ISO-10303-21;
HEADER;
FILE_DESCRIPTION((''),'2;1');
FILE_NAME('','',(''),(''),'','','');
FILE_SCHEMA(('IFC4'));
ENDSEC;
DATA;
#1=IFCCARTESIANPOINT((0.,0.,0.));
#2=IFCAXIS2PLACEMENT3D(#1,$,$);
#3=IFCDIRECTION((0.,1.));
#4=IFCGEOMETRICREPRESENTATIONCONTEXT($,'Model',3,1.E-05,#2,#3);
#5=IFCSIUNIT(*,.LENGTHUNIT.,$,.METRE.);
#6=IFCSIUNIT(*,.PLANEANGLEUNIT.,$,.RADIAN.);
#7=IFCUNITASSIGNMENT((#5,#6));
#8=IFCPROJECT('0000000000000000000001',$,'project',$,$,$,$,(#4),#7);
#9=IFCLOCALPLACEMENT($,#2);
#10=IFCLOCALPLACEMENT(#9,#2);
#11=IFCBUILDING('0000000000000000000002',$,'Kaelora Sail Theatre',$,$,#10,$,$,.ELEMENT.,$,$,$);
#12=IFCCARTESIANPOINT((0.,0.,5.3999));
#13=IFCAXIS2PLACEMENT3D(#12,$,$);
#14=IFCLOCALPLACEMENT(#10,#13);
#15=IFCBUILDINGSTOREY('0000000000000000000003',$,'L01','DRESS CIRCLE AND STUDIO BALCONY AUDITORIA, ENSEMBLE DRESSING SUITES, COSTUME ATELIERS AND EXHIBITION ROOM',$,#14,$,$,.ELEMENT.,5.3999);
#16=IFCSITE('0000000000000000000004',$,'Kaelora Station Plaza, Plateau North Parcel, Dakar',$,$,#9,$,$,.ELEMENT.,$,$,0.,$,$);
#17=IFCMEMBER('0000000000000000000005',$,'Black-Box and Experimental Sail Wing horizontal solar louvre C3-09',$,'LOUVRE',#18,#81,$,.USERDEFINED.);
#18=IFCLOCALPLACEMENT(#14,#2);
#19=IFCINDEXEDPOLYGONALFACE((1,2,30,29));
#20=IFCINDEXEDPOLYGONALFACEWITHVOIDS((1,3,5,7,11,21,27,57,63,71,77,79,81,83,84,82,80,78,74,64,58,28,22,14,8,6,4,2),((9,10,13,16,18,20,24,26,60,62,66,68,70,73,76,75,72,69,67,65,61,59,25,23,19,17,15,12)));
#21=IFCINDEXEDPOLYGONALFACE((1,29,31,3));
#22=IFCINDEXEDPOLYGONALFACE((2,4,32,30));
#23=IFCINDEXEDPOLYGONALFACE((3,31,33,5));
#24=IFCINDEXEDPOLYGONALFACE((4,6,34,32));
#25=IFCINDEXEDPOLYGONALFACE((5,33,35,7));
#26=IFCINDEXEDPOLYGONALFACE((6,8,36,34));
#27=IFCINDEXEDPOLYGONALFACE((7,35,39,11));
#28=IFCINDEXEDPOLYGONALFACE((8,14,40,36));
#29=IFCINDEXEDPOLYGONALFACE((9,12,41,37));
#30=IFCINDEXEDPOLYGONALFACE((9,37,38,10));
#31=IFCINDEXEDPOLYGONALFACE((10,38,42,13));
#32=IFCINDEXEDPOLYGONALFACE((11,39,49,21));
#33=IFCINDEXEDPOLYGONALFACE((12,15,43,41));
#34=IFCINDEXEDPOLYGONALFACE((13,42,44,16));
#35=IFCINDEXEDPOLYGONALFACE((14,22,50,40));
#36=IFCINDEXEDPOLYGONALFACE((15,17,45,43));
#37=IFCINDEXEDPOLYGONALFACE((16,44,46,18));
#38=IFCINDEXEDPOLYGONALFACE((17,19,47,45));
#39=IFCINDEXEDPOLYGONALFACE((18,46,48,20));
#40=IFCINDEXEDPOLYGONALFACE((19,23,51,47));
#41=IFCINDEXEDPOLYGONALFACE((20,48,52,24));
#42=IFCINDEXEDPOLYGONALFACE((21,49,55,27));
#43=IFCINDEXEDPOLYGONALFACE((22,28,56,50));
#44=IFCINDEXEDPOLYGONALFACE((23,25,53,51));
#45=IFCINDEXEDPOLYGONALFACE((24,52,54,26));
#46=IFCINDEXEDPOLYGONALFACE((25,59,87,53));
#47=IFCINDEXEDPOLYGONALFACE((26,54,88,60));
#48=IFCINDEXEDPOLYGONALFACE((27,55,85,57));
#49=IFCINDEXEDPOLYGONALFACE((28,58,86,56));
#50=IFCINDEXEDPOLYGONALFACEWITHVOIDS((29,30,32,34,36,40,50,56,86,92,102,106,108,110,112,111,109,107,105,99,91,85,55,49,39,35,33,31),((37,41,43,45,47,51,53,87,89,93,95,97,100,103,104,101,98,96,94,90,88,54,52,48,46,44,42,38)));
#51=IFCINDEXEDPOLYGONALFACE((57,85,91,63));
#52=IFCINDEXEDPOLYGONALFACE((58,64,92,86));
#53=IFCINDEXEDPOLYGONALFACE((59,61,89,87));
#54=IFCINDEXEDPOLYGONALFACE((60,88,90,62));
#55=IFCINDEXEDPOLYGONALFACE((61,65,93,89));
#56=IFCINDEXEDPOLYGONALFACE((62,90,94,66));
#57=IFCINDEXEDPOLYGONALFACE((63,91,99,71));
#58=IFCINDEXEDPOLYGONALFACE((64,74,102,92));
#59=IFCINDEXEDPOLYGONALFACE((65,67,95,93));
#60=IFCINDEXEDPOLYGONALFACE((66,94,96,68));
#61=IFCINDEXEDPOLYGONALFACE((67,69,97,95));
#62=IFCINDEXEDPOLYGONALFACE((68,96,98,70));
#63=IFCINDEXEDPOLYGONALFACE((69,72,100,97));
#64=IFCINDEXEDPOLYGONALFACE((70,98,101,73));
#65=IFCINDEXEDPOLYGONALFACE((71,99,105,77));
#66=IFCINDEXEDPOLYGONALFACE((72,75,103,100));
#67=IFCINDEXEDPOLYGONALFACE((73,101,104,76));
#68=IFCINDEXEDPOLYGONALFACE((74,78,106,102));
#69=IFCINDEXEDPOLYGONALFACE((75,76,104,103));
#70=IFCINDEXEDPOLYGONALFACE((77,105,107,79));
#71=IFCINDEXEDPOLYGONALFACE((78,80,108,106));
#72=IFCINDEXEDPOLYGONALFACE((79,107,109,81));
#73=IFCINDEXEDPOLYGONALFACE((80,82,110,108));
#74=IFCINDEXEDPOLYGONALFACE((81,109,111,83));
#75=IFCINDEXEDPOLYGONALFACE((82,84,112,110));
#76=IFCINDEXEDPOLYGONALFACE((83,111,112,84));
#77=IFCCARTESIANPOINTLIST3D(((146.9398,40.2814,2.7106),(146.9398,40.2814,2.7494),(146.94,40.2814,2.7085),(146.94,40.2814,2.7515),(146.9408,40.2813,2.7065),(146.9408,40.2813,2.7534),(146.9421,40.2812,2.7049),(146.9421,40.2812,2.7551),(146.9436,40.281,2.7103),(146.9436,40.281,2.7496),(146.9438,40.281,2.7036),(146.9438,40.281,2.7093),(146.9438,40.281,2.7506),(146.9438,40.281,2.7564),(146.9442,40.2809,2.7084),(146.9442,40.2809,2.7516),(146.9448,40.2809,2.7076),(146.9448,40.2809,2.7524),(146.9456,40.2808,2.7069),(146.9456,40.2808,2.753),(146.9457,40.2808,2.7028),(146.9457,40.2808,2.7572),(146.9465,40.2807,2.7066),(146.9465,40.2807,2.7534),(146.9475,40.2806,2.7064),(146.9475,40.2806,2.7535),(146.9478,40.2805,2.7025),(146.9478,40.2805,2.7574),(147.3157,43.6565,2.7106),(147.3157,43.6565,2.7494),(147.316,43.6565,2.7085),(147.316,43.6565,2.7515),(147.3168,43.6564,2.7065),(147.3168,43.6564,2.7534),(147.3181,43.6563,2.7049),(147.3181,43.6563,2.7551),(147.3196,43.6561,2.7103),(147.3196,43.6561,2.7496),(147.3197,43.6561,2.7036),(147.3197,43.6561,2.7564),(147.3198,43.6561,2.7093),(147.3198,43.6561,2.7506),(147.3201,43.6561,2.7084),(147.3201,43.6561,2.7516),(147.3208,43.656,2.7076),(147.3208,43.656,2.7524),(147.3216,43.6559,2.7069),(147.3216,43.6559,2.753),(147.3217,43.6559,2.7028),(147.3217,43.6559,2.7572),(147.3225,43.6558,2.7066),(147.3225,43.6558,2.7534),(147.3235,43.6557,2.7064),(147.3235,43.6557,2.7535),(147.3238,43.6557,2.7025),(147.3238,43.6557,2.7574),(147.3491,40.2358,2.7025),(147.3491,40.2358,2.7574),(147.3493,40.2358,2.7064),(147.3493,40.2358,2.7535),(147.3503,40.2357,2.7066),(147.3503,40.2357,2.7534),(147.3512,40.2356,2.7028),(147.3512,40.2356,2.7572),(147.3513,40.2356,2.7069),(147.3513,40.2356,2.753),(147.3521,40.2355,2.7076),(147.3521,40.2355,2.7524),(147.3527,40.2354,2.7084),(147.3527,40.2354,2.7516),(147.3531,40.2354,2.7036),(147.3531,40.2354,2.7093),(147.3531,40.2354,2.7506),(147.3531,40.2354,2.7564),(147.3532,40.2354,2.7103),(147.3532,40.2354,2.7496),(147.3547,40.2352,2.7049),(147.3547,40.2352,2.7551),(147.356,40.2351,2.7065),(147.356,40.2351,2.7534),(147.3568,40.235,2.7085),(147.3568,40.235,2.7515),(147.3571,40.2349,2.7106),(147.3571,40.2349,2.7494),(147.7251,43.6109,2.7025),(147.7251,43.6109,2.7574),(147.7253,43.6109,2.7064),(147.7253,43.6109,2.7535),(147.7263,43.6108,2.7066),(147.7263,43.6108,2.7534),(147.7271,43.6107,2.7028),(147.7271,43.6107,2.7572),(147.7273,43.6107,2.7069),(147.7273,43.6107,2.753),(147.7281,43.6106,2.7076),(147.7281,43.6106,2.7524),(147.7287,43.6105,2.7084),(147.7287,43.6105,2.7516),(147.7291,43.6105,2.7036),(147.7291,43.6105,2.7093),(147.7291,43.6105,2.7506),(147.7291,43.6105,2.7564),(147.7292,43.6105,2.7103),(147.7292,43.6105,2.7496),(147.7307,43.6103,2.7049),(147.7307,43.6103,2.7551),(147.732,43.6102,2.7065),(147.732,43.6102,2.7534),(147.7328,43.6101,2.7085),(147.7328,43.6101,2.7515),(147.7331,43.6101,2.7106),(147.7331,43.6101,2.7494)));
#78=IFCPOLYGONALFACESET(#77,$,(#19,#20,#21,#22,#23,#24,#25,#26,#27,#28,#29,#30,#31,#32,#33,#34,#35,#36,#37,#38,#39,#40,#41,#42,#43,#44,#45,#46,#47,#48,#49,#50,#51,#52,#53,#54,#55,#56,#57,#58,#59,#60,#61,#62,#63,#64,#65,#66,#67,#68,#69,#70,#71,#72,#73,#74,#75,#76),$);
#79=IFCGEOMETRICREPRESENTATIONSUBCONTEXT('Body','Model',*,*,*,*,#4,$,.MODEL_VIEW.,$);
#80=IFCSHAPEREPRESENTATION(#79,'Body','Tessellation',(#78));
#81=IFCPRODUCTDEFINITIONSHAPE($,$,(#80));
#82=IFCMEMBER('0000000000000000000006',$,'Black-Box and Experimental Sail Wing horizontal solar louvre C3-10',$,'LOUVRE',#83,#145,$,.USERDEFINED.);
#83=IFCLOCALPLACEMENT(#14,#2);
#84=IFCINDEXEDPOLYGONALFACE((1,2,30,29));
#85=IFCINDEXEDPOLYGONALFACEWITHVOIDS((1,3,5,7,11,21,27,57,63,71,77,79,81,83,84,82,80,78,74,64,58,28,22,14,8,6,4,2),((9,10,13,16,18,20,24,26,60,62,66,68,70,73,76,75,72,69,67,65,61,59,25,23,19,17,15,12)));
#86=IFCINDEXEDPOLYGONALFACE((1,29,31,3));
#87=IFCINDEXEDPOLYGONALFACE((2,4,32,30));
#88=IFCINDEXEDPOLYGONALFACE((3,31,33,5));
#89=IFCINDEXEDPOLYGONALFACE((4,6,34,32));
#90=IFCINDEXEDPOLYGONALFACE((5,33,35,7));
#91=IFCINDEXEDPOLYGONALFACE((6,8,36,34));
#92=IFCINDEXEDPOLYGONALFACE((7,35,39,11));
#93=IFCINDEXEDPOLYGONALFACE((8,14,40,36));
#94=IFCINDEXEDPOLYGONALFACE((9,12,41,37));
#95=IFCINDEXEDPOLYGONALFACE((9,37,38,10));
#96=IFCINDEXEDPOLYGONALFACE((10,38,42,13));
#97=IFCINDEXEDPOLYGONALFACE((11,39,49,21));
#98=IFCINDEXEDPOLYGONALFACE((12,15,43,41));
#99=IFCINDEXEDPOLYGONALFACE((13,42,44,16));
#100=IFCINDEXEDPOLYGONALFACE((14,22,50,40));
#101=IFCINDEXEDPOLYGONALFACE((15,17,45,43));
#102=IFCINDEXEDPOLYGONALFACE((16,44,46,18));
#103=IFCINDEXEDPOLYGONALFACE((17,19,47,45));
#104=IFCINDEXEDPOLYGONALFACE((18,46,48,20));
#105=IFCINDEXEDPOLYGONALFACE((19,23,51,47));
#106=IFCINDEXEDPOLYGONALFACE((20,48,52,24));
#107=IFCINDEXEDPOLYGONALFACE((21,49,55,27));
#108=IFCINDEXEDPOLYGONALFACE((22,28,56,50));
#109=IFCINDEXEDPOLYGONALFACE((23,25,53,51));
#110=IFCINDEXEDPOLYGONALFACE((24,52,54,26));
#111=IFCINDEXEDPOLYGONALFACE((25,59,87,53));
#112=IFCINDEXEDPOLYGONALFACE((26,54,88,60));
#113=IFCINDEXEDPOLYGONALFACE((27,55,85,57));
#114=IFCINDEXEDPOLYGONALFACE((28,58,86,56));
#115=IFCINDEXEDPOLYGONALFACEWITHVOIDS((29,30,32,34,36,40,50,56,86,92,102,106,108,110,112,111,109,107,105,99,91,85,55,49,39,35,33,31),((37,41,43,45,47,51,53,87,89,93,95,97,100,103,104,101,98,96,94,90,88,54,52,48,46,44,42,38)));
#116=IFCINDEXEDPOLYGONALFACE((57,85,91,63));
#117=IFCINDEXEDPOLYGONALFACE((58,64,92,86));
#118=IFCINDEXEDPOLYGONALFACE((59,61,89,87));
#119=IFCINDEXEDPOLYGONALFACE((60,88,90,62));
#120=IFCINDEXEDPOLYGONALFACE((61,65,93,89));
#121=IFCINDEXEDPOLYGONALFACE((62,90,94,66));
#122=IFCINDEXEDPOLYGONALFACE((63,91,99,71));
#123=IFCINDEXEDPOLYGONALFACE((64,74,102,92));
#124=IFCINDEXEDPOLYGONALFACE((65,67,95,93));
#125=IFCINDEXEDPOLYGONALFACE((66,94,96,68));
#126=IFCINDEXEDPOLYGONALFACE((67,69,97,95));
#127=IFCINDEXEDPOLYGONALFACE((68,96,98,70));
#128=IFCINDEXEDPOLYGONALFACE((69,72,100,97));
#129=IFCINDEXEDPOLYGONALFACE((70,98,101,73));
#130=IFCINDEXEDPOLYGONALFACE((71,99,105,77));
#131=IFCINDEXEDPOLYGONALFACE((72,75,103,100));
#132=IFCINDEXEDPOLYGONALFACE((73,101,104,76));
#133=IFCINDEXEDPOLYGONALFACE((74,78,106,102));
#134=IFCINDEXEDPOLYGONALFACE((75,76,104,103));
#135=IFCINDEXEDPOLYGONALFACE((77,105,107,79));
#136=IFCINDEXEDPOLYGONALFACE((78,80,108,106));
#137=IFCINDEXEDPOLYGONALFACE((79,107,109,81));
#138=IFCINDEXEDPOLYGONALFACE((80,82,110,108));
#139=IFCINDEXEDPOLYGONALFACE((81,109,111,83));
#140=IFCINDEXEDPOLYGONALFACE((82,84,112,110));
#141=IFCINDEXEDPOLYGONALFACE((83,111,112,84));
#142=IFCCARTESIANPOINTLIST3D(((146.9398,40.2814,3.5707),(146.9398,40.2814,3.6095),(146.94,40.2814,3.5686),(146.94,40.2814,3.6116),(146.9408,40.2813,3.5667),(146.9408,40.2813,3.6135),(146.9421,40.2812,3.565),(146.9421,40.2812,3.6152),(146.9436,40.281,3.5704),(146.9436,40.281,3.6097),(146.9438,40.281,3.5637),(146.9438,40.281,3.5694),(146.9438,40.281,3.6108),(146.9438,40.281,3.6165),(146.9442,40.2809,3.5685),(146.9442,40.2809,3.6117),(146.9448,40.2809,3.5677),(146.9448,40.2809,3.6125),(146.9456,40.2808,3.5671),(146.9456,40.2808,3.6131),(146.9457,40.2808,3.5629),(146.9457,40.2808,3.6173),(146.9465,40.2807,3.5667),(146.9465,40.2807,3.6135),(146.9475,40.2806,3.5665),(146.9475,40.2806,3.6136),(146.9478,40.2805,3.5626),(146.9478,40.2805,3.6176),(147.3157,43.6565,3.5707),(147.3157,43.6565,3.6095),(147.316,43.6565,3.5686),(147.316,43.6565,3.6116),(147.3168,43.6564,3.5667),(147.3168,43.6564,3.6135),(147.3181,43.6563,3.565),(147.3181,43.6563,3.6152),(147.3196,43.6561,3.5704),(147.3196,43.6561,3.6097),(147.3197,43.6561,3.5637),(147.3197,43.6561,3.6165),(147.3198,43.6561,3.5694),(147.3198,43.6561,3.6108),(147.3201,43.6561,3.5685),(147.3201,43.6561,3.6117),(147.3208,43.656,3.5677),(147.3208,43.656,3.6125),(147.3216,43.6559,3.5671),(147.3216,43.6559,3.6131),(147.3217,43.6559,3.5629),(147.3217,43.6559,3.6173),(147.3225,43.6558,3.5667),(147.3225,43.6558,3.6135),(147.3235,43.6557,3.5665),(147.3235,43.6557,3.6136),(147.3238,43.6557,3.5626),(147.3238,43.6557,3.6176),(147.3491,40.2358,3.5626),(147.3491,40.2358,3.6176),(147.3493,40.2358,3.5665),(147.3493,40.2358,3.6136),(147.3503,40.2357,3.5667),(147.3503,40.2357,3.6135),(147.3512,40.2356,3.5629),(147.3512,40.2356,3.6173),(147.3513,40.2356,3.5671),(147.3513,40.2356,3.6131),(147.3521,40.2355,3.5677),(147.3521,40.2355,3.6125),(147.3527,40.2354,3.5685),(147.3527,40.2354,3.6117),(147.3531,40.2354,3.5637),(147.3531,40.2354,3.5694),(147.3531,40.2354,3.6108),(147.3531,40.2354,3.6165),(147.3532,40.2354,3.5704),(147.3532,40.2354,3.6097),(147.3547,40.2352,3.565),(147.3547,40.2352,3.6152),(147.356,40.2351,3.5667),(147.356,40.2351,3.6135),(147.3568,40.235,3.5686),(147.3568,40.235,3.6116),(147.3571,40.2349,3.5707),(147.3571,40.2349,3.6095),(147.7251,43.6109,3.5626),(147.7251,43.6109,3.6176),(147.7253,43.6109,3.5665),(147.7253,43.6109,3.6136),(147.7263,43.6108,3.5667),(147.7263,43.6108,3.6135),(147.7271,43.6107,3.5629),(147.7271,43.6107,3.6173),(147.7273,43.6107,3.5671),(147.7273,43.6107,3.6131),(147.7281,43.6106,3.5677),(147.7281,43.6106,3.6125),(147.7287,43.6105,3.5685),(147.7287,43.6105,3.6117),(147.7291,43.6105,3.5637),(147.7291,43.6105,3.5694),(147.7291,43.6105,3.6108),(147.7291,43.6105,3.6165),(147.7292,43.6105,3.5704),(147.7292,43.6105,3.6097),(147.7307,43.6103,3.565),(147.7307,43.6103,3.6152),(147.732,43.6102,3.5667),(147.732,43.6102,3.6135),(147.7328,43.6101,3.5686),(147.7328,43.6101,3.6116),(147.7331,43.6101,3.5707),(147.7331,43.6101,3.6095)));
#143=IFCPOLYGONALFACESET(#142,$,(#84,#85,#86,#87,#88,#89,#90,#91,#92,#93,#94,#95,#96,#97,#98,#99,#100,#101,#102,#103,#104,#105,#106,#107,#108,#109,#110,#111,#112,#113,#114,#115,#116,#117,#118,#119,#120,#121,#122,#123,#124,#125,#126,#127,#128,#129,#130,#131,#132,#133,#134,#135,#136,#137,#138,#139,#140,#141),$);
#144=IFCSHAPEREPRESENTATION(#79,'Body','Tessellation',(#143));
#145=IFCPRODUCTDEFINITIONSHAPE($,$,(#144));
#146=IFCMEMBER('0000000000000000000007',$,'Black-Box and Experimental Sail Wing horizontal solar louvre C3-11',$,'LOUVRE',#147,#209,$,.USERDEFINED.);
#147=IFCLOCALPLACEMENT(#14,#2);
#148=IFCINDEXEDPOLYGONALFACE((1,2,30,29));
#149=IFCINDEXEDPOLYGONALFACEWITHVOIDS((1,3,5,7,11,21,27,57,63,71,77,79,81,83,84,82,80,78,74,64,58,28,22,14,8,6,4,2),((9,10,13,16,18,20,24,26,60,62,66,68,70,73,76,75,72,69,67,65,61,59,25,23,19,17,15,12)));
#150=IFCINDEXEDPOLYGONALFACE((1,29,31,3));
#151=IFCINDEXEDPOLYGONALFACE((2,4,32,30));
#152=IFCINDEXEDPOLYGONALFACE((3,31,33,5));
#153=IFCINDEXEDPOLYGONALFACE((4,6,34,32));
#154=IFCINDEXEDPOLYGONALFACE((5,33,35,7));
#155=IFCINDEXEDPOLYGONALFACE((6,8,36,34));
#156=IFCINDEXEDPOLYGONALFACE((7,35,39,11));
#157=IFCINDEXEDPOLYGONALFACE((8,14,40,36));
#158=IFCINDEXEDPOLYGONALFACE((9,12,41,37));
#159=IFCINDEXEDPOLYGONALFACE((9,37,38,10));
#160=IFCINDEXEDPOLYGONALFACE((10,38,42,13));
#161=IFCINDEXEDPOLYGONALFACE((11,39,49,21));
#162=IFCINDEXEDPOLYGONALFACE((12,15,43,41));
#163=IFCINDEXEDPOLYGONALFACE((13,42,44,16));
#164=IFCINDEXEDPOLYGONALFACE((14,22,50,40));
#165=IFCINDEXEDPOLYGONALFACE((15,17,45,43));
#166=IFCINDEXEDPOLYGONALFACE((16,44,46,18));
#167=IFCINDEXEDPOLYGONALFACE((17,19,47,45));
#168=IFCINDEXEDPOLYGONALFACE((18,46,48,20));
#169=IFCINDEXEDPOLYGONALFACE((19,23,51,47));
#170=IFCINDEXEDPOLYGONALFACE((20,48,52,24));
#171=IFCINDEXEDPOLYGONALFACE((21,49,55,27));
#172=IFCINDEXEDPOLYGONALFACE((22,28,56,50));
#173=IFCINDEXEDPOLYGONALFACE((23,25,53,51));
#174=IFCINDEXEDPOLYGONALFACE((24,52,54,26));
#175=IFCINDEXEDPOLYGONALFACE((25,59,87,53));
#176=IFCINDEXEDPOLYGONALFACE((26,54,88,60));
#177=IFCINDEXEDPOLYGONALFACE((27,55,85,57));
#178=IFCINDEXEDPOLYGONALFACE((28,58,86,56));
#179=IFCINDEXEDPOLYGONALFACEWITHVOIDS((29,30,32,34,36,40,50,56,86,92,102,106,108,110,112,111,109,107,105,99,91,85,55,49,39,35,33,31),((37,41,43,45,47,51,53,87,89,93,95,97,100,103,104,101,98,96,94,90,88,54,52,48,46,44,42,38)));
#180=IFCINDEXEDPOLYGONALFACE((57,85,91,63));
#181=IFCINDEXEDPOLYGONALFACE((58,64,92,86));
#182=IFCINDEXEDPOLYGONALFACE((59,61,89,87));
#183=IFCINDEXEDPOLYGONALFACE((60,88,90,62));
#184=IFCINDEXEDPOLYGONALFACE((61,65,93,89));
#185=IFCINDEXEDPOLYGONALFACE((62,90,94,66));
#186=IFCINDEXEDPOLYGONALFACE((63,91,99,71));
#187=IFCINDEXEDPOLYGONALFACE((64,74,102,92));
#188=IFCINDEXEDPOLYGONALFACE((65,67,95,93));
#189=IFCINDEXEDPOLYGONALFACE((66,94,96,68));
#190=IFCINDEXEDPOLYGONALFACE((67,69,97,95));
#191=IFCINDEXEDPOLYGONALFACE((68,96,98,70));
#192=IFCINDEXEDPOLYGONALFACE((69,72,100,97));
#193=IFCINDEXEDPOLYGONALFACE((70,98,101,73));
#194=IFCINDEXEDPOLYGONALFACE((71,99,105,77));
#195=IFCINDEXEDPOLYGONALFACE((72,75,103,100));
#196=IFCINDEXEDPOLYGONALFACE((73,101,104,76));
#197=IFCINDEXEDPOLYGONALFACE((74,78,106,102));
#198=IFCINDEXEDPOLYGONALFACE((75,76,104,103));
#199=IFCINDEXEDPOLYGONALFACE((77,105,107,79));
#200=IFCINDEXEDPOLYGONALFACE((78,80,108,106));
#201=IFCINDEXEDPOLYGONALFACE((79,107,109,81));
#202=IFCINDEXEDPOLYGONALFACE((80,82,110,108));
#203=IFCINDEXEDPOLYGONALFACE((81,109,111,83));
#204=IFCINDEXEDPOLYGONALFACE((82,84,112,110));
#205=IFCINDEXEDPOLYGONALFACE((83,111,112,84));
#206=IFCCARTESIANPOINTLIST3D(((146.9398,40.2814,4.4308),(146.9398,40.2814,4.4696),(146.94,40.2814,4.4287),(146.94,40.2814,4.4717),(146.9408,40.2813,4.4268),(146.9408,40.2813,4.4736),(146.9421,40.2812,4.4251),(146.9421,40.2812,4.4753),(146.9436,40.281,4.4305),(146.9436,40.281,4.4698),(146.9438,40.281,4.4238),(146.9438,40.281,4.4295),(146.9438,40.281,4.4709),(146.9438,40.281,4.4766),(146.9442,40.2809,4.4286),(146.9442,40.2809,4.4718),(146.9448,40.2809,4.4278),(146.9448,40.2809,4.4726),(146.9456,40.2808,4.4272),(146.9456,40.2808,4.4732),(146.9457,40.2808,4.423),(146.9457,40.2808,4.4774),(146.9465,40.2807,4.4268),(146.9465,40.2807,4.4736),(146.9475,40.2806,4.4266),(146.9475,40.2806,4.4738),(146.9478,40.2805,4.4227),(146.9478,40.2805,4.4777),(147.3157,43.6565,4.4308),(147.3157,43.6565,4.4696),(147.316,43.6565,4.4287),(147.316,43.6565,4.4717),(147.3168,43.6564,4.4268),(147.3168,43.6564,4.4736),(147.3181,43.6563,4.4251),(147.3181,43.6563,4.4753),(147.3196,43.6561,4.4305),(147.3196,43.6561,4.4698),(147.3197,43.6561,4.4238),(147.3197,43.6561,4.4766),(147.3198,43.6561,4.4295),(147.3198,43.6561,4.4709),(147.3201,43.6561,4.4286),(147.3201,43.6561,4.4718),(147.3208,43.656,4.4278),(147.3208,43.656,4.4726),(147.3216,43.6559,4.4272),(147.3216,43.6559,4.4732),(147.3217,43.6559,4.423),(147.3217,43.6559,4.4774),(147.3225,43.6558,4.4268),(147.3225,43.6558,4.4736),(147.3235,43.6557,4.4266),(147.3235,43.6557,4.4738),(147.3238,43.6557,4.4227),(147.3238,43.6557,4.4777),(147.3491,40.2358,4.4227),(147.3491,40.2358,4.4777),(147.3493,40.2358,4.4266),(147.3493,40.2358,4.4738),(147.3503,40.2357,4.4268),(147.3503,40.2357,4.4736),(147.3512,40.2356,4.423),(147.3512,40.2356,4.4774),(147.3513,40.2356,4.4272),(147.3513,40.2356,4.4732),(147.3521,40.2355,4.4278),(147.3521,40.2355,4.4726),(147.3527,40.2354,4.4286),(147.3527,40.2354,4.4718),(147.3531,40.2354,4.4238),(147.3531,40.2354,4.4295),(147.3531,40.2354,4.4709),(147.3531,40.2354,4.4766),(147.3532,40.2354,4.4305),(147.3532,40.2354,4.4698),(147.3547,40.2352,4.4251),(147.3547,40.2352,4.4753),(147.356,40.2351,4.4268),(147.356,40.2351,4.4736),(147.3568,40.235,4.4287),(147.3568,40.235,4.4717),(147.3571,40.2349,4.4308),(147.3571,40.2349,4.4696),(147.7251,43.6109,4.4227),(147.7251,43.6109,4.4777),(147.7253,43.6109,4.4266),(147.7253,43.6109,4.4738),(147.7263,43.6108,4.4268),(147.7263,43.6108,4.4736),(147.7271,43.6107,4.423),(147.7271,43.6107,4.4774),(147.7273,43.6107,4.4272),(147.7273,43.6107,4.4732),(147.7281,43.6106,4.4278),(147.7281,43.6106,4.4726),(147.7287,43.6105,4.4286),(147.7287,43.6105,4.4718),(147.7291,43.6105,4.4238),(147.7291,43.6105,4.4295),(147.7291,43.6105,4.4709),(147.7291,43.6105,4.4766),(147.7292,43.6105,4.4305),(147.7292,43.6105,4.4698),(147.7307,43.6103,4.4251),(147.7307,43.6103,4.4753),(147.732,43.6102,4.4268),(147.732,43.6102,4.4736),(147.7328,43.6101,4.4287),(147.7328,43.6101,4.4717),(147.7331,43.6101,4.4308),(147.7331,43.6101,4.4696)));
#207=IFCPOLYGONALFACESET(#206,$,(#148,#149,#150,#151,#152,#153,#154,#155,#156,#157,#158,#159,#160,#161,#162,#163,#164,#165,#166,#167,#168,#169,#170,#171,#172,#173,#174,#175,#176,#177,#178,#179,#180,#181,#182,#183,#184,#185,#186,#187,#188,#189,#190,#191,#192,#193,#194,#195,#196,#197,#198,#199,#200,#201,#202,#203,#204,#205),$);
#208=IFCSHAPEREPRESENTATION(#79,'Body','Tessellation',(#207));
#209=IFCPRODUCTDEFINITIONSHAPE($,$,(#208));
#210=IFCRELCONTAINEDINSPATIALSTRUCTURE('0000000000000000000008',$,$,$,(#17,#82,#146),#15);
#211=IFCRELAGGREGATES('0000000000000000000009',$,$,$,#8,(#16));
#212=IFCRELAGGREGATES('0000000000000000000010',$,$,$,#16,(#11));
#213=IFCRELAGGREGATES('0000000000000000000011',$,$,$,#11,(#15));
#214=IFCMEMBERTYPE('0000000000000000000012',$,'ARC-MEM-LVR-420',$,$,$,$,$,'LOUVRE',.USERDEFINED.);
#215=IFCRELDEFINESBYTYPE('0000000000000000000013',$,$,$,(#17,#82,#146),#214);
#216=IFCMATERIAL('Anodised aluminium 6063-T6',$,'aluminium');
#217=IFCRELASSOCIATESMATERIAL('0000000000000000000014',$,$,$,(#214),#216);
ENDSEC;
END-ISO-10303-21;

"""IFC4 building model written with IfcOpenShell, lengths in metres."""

from ifc_helpers import new_model, si_unit, direction, frame, origin, origin_2d, place, context, subcontext, project, spatial, hollow_rectangle, extrude, material, material_profile, profile_set, type_object, element, save


model = new_model("IFC4")

# Units and contexts
model_context = context("Model", 3, precision=1e-05, world=origin(), true_north=direction((0.0, 1.0)))
body_context = subcontext(model_context, "Body", "Model", "MODEL_VIEW")
ifc_project = project(units=[si_unit("LENGTHUNIT", "METRE"), si_unit("PLANEANGLEUNIT", "RADIAN")], contexts=[model_context])

# Site, building, storey
site_placement = place(None, origin())
site = spatial("IfcSite", under=ifc_project, at=site_placement, Name="Kaelora Station Plaza, Plateau North Parcel, Dakar", CompositionType="ELEMENT", RefElevation=0.0)
building_placement = place(site_placement, origin())
building = spatial("IfcBuilding", under=site, at=building_placement, Name="Kaelora Sail Theatre", CompositionType="ELEMENT")
storey_placement = place(building_placement, frame((0.0, 0.0, 5.3999)))
storey = spatial("IfcBuildingStorey", under=building, at=storey_placement, Name="L01", Description="DRESS CIRCLE AND STUDIO BALCONY AUDITORIA, ENSEMBLE DRESSING SUITES, COSTUME ATELIERS AND EXHIBITION ROOM", CompositionType="ELEMENT", Elevation=5.3999)

# Members
ifc_material_1 = material(Name="Anodised aluminium 6063-T6", Category="aluminium")
ifc_material_profile_1 = material_profile(ifc_material_1, hollow_rectangle(XDim=0.4199, YDim=0.0549, WallThickness=0.0039, InnerFilletRadius=0.0039, OuterFilletRadius=0.0081, at=origin_2d()), Name="LOUVRE 420x55x4")
ifc_profile_set_1 = profile_set([ifc_material_profile_1], Name="Anodised aluminium 6063-T6")
member_type = type_object("IfcMemberType", Name="ARC-MEM-LVR-420", ElementType="LOUVRE", PredefinedType="USERDEFINED", material=ifc_profile_set_1)
for number, where, z_axis, x_axis, name in (
    (1, (147.5244, 43.6333, 2.73), (-0.110716, -0.993852, 0.0), (0.993852, -0.110716, 0.0), "Black-Box and Experimental Sail Wing horizontal solar louvre C3-09"),
    (2, (147.5244, 43.6333, 3.5901), (-0.110716, -0.993852, 0.0), (0.993852, -0.110716, 0.0), "Black-Box and Experimental Sail Wing horizontal solar louvre C3-10"),
    (3, (147.5244, 43.6333, 4.4502), (-0.110716, -0.993852, 0.0), (0.993852, -0.110716, 0.0), "Black-Box and Experimental Sail Wing horizontal solar louvre C3-11"),
):
    element("IfcMember", number, at=place(storey_placement, frame(where, z_axis=z_axis, x_axis=x_axis)), inside=storey, type_object=member_type, Name=name, ObjectType="LOUVRE", PredefinedType="USERDEFINED", context=body_context, shape_type="SweptSolid", body=[
        extrude(hollow_rectangle(XDim=0.4199, YDim=0.0549, WallThickness=0.0039, InnerFilletRadius=0.0039, OuterFilletRadius=0.0081, at=origin_2d()), origin(), (0.0, 0.0, 1.0), 3.396),
    ])

save(model, "model.ifc")
